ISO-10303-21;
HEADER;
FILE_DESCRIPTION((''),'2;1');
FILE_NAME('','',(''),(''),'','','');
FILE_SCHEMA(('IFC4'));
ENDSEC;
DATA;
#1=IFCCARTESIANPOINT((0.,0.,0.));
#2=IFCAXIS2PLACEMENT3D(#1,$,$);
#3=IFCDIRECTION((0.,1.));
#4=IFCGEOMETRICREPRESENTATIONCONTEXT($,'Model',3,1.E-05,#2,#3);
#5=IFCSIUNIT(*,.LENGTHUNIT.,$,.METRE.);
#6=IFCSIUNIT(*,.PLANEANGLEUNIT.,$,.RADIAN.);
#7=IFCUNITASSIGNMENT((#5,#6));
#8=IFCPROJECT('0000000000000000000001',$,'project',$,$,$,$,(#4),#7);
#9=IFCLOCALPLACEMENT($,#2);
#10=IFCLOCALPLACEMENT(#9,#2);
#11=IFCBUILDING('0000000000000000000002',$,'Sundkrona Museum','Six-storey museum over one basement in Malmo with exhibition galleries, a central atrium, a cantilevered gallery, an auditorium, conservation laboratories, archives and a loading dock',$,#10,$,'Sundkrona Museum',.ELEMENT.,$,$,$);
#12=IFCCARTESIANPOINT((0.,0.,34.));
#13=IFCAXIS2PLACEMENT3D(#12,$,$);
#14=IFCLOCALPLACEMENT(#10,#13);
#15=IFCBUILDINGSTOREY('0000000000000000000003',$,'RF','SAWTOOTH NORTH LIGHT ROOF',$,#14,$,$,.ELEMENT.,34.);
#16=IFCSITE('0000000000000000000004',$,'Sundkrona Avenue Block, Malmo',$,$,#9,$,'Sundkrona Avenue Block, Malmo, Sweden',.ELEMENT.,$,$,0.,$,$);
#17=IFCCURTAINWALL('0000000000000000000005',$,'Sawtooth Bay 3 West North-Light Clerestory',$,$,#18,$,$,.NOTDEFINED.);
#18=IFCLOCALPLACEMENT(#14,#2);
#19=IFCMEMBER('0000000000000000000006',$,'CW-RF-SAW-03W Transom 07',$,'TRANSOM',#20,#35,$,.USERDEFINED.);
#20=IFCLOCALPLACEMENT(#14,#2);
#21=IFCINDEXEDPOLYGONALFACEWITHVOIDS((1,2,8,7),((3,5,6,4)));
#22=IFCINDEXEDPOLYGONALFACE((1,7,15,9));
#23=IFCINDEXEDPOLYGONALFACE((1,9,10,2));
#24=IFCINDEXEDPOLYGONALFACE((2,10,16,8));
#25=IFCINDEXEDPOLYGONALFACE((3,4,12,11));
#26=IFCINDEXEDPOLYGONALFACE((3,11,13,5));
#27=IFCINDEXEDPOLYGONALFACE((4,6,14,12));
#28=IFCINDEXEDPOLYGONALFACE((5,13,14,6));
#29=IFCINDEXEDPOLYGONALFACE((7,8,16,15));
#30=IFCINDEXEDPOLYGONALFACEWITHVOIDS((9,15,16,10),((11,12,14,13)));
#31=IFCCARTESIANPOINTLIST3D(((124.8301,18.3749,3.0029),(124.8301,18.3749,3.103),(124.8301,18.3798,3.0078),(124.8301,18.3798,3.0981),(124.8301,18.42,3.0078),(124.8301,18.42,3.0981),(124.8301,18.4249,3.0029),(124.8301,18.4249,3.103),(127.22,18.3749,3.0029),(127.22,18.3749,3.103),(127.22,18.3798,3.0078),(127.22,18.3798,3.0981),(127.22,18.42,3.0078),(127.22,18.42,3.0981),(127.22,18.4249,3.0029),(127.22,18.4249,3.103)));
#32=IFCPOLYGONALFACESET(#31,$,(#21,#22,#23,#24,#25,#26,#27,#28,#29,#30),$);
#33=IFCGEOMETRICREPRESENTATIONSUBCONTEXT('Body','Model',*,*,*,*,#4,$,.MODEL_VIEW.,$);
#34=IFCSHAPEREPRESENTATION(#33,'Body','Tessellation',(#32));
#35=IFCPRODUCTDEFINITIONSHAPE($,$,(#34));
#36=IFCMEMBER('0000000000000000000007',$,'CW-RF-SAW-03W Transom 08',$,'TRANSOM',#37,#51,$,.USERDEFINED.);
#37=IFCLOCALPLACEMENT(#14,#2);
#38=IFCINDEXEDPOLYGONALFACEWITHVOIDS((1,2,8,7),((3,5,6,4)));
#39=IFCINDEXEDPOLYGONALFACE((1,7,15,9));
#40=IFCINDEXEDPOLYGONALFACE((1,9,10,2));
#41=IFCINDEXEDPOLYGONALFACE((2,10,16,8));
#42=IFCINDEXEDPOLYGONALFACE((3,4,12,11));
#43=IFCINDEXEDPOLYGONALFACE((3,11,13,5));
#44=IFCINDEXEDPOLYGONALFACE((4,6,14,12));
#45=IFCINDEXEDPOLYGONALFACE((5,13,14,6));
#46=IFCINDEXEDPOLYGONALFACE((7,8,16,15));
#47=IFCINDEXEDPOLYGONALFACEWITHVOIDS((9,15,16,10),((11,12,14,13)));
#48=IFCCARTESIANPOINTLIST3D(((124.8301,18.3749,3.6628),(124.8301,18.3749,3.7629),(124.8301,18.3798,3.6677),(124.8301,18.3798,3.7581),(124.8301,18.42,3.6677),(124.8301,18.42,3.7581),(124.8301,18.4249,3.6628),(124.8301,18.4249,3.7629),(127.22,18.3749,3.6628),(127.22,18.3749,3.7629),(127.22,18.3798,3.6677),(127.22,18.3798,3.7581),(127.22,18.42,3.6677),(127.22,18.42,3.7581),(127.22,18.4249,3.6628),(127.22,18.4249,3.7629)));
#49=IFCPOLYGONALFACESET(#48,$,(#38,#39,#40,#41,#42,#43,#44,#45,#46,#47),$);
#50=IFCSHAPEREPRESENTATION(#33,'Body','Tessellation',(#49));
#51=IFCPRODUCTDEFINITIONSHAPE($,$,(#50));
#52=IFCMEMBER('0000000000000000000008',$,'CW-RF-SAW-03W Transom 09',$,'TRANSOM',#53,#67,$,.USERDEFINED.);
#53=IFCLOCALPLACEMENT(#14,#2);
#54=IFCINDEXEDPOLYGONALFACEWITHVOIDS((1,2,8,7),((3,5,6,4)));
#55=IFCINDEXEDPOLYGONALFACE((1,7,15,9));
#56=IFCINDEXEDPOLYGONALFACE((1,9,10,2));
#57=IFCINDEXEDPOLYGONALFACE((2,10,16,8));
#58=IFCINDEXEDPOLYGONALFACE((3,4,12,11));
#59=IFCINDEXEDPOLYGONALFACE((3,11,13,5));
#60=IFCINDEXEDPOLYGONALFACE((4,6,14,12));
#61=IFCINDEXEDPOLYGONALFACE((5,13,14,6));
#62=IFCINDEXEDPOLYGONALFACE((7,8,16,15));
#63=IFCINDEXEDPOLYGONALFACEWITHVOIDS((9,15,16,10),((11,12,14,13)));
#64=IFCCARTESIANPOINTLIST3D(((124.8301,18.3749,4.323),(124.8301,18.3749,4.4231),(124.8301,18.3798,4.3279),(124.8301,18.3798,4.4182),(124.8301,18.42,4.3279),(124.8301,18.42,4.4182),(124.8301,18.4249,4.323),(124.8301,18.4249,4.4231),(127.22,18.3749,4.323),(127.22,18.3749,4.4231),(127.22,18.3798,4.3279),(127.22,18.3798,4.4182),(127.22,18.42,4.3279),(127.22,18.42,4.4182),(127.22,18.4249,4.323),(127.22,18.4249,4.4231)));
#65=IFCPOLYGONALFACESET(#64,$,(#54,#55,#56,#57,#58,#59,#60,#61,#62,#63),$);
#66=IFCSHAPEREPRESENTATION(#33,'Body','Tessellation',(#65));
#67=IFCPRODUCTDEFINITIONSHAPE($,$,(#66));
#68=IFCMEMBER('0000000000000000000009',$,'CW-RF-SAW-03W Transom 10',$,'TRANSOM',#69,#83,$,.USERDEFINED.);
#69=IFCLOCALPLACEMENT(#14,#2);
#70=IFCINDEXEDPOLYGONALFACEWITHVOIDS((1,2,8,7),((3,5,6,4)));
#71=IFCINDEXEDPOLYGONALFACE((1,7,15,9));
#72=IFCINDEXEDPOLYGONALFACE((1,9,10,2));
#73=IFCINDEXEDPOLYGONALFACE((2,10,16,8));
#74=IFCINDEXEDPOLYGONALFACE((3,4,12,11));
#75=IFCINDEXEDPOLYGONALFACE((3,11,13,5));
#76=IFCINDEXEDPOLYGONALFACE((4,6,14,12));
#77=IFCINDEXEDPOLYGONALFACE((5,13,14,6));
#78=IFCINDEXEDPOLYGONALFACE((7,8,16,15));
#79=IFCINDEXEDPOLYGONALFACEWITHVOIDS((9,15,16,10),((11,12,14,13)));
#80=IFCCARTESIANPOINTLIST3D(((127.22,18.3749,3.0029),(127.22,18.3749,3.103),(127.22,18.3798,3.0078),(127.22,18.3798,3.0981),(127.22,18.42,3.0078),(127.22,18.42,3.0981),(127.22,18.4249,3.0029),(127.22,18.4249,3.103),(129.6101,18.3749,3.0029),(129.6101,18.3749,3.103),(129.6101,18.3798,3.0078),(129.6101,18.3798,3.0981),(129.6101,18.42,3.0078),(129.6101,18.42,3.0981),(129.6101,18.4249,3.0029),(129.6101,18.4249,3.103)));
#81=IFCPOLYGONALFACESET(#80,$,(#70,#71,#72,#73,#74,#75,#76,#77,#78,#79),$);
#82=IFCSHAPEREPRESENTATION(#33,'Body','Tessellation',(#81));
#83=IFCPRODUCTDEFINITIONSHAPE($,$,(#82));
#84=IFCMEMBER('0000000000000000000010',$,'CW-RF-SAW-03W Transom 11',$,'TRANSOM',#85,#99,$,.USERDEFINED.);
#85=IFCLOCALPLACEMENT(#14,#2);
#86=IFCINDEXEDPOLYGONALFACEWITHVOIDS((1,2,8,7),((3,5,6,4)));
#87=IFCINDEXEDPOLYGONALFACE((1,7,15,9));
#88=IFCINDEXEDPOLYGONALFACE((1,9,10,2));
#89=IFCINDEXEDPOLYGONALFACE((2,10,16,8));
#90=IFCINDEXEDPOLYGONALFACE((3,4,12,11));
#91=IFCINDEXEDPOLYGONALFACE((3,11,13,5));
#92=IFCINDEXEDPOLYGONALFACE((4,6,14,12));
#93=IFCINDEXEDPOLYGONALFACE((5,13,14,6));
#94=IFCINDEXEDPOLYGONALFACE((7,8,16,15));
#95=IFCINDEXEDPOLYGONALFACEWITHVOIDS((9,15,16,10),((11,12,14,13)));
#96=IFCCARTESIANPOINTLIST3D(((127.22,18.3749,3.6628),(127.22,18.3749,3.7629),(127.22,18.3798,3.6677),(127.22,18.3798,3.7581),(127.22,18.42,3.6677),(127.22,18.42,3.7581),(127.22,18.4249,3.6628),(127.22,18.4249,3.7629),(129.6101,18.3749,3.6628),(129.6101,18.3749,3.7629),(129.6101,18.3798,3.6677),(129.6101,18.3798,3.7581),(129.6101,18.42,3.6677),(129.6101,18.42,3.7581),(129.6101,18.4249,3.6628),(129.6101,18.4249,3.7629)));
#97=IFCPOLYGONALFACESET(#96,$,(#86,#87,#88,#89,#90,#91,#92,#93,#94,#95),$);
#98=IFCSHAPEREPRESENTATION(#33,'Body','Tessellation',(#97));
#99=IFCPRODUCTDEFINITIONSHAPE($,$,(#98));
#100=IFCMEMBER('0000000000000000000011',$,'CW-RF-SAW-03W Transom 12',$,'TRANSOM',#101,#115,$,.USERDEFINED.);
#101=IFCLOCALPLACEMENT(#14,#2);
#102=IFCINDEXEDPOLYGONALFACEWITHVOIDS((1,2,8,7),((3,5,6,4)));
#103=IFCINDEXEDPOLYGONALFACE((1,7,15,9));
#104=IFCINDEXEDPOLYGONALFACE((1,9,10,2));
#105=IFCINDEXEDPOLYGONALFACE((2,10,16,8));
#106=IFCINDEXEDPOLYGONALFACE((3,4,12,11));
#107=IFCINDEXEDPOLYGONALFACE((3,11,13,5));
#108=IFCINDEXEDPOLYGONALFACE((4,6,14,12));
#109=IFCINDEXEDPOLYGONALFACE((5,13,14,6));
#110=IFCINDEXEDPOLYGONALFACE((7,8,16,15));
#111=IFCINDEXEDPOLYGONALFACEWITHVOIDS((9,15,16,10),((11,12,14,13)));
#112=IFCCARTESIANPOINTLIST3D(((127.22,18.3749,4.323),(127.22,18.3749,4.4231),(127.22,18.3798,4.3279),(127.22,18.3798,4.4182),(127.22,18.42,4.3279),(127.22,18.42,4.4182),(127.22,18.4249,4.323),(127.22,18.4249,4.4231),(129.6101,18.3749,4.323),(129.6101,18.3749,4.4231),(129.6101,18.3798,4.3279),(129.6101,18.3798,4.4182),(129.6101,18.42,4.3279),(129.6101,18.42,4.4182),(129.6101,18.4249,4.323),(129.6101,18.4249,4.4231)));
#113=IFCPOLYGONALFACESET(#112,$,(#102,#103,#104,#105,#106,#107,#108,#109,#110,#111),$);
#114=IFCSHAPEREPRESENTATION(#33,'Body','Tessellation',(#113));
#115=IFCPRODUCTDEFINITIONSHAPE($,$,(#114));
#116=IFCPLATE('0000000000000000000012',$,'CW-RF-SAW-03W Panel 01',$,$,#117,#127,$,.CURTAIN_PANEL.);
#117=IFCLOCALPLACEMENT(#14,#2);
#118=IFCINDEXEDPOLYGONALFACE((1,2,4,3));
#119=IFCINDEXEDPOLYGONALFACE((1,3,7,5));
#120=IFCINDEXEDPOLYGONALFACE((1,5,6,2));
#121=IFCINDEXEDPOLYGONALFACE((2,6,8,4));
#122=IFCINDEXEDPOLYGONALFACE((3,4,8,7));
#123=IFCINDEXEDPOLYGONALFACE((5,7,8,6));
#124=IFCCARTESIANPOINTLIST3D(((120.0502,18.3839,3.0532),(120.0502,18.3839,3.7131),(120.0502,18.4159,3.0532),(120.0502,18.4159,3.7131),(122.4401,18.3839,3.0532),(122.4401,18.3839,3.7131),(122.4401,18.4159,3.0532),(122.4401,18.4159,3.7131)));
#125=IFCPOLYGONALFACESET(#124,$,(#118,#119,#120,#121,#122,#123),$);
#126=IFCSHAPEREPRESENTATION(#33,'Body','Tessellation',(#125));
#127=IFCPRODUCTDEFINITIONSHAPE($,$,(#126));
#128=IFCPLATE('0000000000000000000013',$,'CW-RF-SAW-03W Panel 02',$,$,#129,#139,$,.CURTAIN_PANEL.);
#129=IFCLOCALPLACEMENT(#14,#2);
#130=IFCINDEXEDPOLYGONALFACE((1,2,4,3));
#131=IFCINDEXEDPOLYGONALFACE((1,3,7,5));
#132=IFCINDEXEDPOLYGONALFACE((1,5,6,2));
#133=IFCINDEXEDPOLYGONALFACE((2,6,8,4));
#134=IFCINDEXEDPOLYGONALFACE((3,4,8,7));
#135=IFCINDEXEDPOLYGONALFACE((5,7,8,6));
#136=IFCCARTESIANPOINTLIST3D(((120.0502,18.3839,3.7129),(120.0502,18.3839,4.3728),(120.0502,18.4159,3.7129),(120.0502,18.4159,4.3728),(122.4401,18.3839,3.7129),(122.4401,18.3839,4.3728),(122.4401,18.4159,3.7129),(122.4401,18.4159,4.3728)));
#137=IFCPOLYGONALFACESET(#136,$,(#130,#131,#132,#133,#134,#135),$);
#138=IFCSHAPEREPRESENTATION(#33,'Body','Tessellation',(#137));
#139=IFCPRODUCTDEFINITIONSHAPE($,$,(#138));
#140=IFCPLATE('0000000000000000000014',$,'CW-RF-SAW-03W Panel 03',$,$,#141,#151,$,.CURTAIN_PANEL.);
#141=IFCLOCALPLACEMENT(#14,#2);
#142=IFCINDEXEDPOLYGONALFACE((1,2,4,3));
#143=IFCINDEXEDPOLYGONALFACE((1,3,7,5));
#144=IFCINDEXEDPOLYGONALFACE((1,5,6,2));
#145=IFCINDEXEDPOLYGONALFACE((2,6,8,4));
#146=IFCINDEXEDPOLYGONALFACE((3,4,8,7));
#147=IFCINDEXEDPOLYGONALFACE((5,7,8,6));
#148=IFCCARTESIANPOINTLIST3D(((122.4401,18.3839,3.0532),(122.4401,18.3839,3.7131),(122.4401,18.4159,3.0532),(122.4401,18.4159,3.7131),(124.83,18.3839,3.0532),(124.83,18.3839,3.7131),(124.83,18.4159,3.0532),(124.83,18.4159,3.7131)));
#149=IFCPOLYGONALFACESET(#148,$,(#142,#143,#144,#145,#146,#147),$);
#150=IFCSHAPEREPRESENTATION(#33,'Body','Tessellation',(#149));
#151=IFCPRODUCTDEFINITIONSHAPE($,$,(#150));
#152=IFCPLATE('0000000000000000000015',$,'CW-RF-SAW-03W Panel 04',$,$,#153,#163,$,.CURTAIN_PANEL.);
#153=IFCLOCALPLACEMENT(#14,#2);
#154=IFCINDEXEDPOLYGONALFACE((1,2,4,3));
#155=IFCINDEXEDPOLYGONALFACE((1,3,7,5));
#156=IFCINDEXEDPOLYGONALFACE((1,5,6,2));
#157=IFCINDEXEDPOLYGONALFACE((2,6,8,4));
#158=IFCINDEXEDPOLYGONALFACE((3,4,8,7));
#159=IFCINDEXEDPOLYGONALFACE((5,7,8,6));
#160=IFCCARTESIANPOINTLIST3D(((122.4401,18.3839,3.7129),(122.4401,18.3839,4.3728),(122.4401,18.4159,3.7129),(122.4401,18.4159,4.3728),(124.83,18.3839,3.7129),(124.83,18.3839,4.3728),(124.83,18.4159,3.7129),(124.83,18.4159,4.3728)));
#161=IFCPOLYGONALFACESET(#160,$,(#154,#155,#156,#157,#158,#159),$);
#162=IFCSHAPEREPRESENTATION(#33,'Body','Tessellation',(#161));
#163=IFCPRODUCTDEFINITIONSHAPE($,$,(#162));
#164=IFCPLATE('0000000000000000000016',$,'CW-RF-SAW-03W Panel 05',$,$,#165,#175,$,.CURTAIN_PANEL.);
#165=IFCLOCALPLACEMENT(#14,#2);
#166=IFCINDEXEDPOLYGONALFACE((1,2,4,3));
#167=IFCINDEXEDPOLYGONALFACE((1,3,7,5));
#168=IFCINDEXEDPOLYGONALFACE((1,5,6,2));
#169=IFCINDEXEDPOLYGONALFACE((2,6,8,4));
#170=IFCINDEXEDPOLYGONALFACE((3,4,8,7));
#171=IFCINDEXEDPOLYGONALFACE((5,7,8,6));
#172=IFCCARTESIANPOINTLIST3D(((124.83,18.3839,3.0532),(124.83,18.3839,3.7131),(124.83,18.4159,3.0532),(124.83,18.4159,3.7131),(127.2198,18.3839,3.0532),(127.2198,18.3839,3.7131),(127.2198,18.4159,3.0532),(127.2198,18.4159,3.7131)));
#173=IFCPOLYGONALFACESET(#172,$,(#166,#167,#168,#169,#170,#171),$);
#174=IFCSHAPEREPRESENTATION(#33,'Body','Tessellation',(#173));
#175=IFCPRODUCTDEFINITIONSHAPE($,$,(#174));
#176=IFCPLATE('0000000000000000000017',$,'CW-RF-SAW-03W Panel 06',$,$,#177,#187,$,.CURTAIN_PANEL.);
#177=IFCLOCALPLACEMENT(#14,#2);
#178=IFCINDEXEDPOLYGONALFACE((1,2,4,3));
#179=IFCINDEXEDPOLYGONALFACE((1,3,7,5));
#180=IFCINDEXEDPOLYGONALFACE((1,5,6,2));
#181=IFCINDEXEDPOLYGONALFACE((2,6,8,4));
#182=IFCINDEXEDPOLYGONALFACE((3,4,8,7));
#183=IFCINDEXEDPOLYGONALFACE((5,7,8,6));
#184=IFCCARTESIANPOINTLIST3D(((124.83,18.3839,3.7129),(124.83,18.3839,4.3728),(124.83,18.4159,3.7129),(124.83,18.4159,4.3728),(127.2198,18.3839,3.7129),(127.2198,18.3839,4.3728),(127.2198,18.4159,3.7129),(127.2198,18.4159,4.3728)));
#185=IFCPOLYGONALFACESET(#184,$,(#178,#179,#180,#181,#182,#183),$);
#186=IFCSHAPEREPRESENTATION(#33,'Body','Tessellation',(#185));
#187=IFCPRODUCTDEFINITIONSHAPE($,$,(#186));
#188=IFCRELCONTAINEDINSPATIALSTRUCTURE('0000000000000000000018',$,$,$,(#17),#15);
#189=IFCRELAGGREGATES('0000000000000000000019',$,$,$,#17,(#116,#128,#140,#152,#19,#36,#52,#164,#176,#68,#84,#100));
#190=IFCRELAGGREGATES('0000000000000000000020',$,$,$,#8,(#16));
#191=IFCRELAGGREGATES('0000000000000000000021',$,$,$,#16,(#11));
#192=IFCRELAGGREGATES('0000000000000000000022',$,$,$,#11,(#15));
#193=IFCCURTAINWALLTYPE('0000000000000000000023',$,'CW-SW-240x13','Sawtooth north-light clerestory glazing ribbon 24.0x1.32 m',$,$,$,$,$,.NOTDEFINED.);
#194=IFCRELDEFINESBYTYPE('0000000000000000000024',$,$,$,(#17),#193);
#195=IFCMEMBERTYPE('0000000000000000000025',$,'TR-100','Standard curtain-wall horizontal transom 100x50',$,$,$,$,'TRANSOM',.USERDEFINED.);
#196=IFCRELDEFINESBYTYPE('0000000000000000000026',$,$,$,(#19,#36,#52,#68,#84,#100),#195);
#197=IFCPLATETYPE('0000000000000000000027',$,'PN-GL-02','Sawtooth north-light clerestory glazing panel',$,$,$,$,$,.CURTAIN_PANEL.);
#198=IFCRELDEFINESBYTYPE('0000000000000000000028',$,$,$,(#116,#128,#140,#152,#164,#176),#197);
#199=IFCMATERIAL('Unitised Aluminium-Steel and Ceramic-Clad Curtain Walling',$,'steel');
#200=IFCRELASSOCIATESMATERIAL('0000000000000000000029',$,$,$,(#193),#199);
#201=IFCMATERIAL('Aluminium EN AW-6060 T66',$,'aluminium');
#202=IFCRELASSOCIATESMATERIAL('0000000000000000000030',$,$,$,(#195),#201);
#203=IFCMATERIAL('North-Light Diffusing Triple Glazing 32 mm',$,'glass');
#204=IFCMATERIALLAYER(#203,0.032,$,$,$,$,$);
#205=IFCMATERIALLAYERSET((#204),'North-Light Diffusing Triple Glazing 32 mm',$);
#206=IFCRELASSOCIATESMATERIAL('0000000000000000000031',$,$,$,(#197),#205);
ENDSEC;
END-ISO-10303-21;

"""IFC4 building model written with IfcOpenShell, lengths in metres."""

from ifc_helpers import new_model, si_unit, direction, frame, origin, origin_2d, place, context, subcontext, project, spatial, rectangle, hollow_rectangle, extrude, material, layer, layer_set, material_profile, profile_set, type_object, element, aggregate, save


model = new_model("IFC4")

# Units and contexts
model_context = context("Model", 3, precision=1e-05, world=origin(), true_north=direction((0.0, 1.0)))
body_context = subcontext(model_context, "Body", "Model", "MODEL_VIEW")
ifc_project = project(units=[si_unit("LENGTHUNIT", "METRE"), si_unit("PLANEANGLEUNIT", "RADIAN")], contexts=[model_context])

# Site, building, storey
site_placement = place(None, origin())
site = spatial("IfcSite", under=ifc_project, at=site_placement, Name="Sundkrona Avenue Block, Malmo", LongName="Sundkrona Avenue Block, Malmo, Sweden", CompositionType="ELEMENT", RefElevation=0.0)
building_placement = place(site_placement, origin())
building = spatial("IfcBuilding", under=site, at=building_placement, Name="Sundkrona Museum", Description="Six-storey museum over one basement in Malmo with exhibition galleries, a central atrium, a cantilevered gallery, an auditorium, conservation laboratories, archives and a loading dock", LongName="Sundkrona Museum", CompositionType="ELEMENT")
storey_placement = place(building_placement, frame((0.0, 0.0, 34.0)))
storey = spatial("IfcBuildingStorey", under=building, at=storey_placement, Name="RF", Description="SAWTOOTH NORTH LIGHT ROOF", CompositionType="ELEMENT", Elevation=34.0)

# Curtain wall
ifc_material_1 = material(Name="Unitised Aluminium-Steel and Ceramic-Clad Curtain Walling", Category="steel")
curtain_wall_type = type_object("IfcCurtainWallType", Name="CW-SW-240x13", Description="Sawtooth north-light clerestory glazing ribbon 24.0x1.32 m", PredefinedType="NOTDEFINED", material=ifc_material_1)
curtain_wall_placement = place(storey_placement, origin())
curtain_wall = element("IfcCurtainWall", 1, at=curtain_wall_placement, inside=storey, type_object=curtain_wall_type, Name="Sawtooth Bay 3 West North-Light Clerestory", PredefinedType="NOTDEFINED")
ifc_material_2 = material(Name="Aluminium EN AW-6060 T66", Category="aluminium")

# Members
ifc_material_profile_1 = material_profile(ifc_material_2, hollow_rectangle(XDim=0.05, YDim=0.1001, WallThickness=0.0049, at=origin_2d()), Name="RHS 100x50x5.0")
ifc_profile_set_1 = profile_set([ifc_material_profile_1], Name="Aluminium EN AW-6060 T66")
member_type_1 = type_object("IfcMemberType", Name="TR-100", Description="Standard curtain-wall horizontal transom 100x50", ElementType="TRANSOM", PredefinedType="USERDEFINED", material=ifc_profile_set_1)
member_1_placement = place(storey_placement, frame((124.8301, 18.3999, 3.053), z_axis=(1.0, 0.0, 0.0), x_axis=(0.0, 1.0, 0.0)))
member_1 = element("IfcMember", 2, at=member_1_placement, type_object=member_type_1, Name="CW-RF-SAW-03W Transom 07", ObjectType="TRANSOM", PredefinedType="USERDEFINED", context=body_context, shape_type="SweptSolid", body=[
    extrude(hollow_rectangle(XDim=0.05, YDim=0.1001, WallThickness=0.0049, at=origin_2d()), origin(), (0.0, 0.0, 1.0), 2.3899),
])
member_2_placement = place(storey_placement, frame((124.8301, 18.3999, 3.7129), z_axis=(1.0, 0.0, 0.0), x_axis=(0.0, 1.0, 0.0)))
member_2 = element("IfcMember", 3, at=member_2_placement, type_object=member_type_1, Name="CW-RF-SAW-03W Transom 08", ObjectType="TRANSOM", PredefinedType="USERDEFINED", context=body_context, shape_type="SweptSolid", body=[
    extrude(hollow_rectangle(XDim=0.05, YDim=0.1001, WallThickness=0.0049, at=origin_2d()), origin(), (0.0, 0.0, 1.0), 2.3899),
])
member_3_placement = place(storey_placement, frame((124.8301, 18.3999, 4.373), z_axis=(1.0, 0.0, 0.0), x_axis=(0.0, 1.0, 0.0)))
member_3 = element("IfcMember", 4, at=member_3_placement, type_object=member_type_1, Name="CW-RF-SAW-03W Transom 09", ObjectType="TRANSOM", PredefinedType="USERDEFINED", context=body_context, shape_type="SweptSolid", body=[
    extrude(hollow_rectangle(XDim=0.05, YDim=0.1001, WallThickness=0.0049, at=origin_2d()), origin(), (0.0, 0.0, 1.0), 2.3899),
])
member_4_placement = place(storey_placement, frame((127.22, 18.3999, 3.053), z_axis=(1.0, 0.0, 0.0), x_axis=(0.0, 1.0, 0.0)))
member_4 = element("IfcMember", 5, at=member_4_placement, type_object=member_type_1, Name="CW-RF-SAW-03W Transom 10", ObjectType="TRANSOM", PredefinedType="USERDEFINED", context=body_context, shape_type="SweptSolid", body=[
    extrude(hollow_rectangle(XDim=0.05, YDim=0.1001, WallThickness=0.0049, at=origin_2d()), origin(), (0.0, 0.0, 1.0), 2.3901),
])
member_5_placement = place(storey_placement, frame((127.22, 18.3999, 3.7129), z_axis=(1.0, 0.0, 0.0), x_axis=(0.0, 1.0, 0.0)))
member_5 = element("IfcMember", 6, at=member_5_placement, type_object=member_type_1, Name="CW-RF-SAW-03W Transom 11", ObjectType="TRANSOM", PredefinedType="USERDEFINED", context=body_context, shape_type="SweptSolid", body=[
    extrude(hollow_rectangle(XDim=0.05, YDim=0.1001, WallThickness=0.0049, at=origin_2d()), origin(), (0.0, 0.0, 1.0), 2.3901),
])
member_6_placement = place(storey_placement, frame((127.22, 18.3999, 4.373), z_axis=(1.0, 0.0, 0.0), x_axis=(0.0, 1.0, 0.0)))
member_6 = element("IfcMember", 7, at=member_6_placement, type_object=member_type_1, Name="CW-RF-SAW-03W Transom 12", ObjectType="TRANSOM", PredefinedType="USERDEFINED", context=body_context, shape_type="SweptSolid", body=[
    extrude(hollow_rectangle(XDim=0.05, YDim=0.1001, WallThickness=0.0049, at=origin_2d()), origin(), (0.0, 0.0, 1.0), 2.3901),
])

# Plates
ifc_material_3 = material(Name="North-Light Diffusing Triple Glazing 32 mm", Category="glass")
ifc_layer = layer(ifc_material_3, 0.032)
ifc_layer_set = layer_set([ifc_layer], Name="North-Light Diffusing Triple Glazing 32 mm")
plate_type = type_object("IfcPlateType", Name="PN-GL-02", Description="Sawtooth north-light clerestory glazing panel", PredefinedType="CURTAIN_PANEL", material=ifc_layer_set)
plate_1_placement = place(storey_placement, frame((121.2451, 18.3999, 3.0532), z_axis=(0.0, 0.0, 1.0), x_axis=(1.0, 0.0, 0.0)))
plate_1 = element("IfcPlate", 8, at=plate_1_placement, type_object=plate_type, Name="CW-RF-SAW-03W Panel 01", PredefinedType="CURTAIN_PANEL", context=body_context, shape_type="SweptSolid", body=[
    extrude(rectangle(XDim=2.3899, YDim=0.032, at=origin_2d()), origin(), (0.0, 0.0, 1.0), 0.6599),
])
plate_2_placement = place(storey_placement, frame((121.2451, 18.3999, 3.7129), z_axis=(0.0, 0.0, 1.0), x_axis=(1.0, 0.0, 0.0)))
plate_2 = element("IfcPlate", 9, at=plate_2_placement, type_object=plate_type, Name="CW-RF-SAW-03W Panel 02", PredefinedType="CURTAIN_PANEL", context=body_context, shape_type="SweptSolid", body=[
    extrude(rectangle(XDim=2.3899, YDim=0.032, at=origin_2d()), origin(), (0.0, 0.0, 1.0), 0.6599),
])
plate_3_placement = place(storey_placement, frame((123.635, 18.3999, 3.0532), z_axis=(0.0, 0.0, 1.0), x_axis=(1.0, 0.0, 0.0)))
plate_3 = element("IfcPlate", 10, at=plate_3_placement, type_object=plate_type, Name="CW-RF-SAW-03W Panel 03", PredefinedType="CURTAIN_PANEL", context=body_context, shape_type="SweptSolid", body=[
    extrude(rectangle(XDim=2.3899, YDim=0.032, at=origin_2d()), origin(), (0.0, 0.0, 1.0), 0.6599),
])
plate_4_placement = place(storey_placement, frame((123.635, 18.3999, 3.7129), z_axis=(0.0, 0.0, 1.0), x_axis=(1.0, 0.0, 0.0)))
plate_4 = element("IfcPlate", 11, at=plate_4_placement, type_object=plate_type, Name="CW-RF-SAW-03W Panel 04", PredefinedType="CURTAIN_PANEL", context=body_context, shape_type="SweptSolid", body=[
    extrude(rectangle(XDim=2.3899, YDim=0.032, at=origin_2d()), origin(), (0.0, 0.0, 1.0), 0.6599),
])
plate_5_placement = place(storey_placement, frame((126.0249, 18.3999, 3.0532), z_axis=(0.0, 0.0, 1.0), x_axis=(1.0, 0.0, 0.0)))
plate_5 = element("IfcPlate", 12, at=plate_5_placement, type_object=plate_type, Name="CW-RF-SAW-03W Panel 05", PredefinedType="CURTAIN_PANEL", context=body_context, shape_type="SweptSolid", body=[
    extrude(rectangle(XDim=2.3899, YDim=0.032, at=origin_2d()), origin(), (0.0, 0.0, 1.0), 0.6599),
])
plate_6_placement = place(storey_placement, frame((126.0249, 18.3999, 3.7129), z_axis=(0.0, 0.0, 1.0), x_axis=(1.0, 0.0, 0.0)))
plate_6 = element("IfcPlate", 13, at=plate_6_placement, type_object=plate_type, Name="CW-RF-SAW-03W Panel 06", PredefinedType="CURTAIN_PANEL", context=body_context, shape_type="SweptSolid", body=[
    extrude(rectangle(XDim=2.3899, YDim=0.032, at=origin_2d()), origin(), (0.0, 0.0, 1.0), 0.6599),
])
aggregate(curtain_wall, [plate_1, plate_2, plate_3, plate_4, member_1, member_2, member_3, plate_5, plate_6, member_4, member_5, member_6])

save(model, "model.ifc")
